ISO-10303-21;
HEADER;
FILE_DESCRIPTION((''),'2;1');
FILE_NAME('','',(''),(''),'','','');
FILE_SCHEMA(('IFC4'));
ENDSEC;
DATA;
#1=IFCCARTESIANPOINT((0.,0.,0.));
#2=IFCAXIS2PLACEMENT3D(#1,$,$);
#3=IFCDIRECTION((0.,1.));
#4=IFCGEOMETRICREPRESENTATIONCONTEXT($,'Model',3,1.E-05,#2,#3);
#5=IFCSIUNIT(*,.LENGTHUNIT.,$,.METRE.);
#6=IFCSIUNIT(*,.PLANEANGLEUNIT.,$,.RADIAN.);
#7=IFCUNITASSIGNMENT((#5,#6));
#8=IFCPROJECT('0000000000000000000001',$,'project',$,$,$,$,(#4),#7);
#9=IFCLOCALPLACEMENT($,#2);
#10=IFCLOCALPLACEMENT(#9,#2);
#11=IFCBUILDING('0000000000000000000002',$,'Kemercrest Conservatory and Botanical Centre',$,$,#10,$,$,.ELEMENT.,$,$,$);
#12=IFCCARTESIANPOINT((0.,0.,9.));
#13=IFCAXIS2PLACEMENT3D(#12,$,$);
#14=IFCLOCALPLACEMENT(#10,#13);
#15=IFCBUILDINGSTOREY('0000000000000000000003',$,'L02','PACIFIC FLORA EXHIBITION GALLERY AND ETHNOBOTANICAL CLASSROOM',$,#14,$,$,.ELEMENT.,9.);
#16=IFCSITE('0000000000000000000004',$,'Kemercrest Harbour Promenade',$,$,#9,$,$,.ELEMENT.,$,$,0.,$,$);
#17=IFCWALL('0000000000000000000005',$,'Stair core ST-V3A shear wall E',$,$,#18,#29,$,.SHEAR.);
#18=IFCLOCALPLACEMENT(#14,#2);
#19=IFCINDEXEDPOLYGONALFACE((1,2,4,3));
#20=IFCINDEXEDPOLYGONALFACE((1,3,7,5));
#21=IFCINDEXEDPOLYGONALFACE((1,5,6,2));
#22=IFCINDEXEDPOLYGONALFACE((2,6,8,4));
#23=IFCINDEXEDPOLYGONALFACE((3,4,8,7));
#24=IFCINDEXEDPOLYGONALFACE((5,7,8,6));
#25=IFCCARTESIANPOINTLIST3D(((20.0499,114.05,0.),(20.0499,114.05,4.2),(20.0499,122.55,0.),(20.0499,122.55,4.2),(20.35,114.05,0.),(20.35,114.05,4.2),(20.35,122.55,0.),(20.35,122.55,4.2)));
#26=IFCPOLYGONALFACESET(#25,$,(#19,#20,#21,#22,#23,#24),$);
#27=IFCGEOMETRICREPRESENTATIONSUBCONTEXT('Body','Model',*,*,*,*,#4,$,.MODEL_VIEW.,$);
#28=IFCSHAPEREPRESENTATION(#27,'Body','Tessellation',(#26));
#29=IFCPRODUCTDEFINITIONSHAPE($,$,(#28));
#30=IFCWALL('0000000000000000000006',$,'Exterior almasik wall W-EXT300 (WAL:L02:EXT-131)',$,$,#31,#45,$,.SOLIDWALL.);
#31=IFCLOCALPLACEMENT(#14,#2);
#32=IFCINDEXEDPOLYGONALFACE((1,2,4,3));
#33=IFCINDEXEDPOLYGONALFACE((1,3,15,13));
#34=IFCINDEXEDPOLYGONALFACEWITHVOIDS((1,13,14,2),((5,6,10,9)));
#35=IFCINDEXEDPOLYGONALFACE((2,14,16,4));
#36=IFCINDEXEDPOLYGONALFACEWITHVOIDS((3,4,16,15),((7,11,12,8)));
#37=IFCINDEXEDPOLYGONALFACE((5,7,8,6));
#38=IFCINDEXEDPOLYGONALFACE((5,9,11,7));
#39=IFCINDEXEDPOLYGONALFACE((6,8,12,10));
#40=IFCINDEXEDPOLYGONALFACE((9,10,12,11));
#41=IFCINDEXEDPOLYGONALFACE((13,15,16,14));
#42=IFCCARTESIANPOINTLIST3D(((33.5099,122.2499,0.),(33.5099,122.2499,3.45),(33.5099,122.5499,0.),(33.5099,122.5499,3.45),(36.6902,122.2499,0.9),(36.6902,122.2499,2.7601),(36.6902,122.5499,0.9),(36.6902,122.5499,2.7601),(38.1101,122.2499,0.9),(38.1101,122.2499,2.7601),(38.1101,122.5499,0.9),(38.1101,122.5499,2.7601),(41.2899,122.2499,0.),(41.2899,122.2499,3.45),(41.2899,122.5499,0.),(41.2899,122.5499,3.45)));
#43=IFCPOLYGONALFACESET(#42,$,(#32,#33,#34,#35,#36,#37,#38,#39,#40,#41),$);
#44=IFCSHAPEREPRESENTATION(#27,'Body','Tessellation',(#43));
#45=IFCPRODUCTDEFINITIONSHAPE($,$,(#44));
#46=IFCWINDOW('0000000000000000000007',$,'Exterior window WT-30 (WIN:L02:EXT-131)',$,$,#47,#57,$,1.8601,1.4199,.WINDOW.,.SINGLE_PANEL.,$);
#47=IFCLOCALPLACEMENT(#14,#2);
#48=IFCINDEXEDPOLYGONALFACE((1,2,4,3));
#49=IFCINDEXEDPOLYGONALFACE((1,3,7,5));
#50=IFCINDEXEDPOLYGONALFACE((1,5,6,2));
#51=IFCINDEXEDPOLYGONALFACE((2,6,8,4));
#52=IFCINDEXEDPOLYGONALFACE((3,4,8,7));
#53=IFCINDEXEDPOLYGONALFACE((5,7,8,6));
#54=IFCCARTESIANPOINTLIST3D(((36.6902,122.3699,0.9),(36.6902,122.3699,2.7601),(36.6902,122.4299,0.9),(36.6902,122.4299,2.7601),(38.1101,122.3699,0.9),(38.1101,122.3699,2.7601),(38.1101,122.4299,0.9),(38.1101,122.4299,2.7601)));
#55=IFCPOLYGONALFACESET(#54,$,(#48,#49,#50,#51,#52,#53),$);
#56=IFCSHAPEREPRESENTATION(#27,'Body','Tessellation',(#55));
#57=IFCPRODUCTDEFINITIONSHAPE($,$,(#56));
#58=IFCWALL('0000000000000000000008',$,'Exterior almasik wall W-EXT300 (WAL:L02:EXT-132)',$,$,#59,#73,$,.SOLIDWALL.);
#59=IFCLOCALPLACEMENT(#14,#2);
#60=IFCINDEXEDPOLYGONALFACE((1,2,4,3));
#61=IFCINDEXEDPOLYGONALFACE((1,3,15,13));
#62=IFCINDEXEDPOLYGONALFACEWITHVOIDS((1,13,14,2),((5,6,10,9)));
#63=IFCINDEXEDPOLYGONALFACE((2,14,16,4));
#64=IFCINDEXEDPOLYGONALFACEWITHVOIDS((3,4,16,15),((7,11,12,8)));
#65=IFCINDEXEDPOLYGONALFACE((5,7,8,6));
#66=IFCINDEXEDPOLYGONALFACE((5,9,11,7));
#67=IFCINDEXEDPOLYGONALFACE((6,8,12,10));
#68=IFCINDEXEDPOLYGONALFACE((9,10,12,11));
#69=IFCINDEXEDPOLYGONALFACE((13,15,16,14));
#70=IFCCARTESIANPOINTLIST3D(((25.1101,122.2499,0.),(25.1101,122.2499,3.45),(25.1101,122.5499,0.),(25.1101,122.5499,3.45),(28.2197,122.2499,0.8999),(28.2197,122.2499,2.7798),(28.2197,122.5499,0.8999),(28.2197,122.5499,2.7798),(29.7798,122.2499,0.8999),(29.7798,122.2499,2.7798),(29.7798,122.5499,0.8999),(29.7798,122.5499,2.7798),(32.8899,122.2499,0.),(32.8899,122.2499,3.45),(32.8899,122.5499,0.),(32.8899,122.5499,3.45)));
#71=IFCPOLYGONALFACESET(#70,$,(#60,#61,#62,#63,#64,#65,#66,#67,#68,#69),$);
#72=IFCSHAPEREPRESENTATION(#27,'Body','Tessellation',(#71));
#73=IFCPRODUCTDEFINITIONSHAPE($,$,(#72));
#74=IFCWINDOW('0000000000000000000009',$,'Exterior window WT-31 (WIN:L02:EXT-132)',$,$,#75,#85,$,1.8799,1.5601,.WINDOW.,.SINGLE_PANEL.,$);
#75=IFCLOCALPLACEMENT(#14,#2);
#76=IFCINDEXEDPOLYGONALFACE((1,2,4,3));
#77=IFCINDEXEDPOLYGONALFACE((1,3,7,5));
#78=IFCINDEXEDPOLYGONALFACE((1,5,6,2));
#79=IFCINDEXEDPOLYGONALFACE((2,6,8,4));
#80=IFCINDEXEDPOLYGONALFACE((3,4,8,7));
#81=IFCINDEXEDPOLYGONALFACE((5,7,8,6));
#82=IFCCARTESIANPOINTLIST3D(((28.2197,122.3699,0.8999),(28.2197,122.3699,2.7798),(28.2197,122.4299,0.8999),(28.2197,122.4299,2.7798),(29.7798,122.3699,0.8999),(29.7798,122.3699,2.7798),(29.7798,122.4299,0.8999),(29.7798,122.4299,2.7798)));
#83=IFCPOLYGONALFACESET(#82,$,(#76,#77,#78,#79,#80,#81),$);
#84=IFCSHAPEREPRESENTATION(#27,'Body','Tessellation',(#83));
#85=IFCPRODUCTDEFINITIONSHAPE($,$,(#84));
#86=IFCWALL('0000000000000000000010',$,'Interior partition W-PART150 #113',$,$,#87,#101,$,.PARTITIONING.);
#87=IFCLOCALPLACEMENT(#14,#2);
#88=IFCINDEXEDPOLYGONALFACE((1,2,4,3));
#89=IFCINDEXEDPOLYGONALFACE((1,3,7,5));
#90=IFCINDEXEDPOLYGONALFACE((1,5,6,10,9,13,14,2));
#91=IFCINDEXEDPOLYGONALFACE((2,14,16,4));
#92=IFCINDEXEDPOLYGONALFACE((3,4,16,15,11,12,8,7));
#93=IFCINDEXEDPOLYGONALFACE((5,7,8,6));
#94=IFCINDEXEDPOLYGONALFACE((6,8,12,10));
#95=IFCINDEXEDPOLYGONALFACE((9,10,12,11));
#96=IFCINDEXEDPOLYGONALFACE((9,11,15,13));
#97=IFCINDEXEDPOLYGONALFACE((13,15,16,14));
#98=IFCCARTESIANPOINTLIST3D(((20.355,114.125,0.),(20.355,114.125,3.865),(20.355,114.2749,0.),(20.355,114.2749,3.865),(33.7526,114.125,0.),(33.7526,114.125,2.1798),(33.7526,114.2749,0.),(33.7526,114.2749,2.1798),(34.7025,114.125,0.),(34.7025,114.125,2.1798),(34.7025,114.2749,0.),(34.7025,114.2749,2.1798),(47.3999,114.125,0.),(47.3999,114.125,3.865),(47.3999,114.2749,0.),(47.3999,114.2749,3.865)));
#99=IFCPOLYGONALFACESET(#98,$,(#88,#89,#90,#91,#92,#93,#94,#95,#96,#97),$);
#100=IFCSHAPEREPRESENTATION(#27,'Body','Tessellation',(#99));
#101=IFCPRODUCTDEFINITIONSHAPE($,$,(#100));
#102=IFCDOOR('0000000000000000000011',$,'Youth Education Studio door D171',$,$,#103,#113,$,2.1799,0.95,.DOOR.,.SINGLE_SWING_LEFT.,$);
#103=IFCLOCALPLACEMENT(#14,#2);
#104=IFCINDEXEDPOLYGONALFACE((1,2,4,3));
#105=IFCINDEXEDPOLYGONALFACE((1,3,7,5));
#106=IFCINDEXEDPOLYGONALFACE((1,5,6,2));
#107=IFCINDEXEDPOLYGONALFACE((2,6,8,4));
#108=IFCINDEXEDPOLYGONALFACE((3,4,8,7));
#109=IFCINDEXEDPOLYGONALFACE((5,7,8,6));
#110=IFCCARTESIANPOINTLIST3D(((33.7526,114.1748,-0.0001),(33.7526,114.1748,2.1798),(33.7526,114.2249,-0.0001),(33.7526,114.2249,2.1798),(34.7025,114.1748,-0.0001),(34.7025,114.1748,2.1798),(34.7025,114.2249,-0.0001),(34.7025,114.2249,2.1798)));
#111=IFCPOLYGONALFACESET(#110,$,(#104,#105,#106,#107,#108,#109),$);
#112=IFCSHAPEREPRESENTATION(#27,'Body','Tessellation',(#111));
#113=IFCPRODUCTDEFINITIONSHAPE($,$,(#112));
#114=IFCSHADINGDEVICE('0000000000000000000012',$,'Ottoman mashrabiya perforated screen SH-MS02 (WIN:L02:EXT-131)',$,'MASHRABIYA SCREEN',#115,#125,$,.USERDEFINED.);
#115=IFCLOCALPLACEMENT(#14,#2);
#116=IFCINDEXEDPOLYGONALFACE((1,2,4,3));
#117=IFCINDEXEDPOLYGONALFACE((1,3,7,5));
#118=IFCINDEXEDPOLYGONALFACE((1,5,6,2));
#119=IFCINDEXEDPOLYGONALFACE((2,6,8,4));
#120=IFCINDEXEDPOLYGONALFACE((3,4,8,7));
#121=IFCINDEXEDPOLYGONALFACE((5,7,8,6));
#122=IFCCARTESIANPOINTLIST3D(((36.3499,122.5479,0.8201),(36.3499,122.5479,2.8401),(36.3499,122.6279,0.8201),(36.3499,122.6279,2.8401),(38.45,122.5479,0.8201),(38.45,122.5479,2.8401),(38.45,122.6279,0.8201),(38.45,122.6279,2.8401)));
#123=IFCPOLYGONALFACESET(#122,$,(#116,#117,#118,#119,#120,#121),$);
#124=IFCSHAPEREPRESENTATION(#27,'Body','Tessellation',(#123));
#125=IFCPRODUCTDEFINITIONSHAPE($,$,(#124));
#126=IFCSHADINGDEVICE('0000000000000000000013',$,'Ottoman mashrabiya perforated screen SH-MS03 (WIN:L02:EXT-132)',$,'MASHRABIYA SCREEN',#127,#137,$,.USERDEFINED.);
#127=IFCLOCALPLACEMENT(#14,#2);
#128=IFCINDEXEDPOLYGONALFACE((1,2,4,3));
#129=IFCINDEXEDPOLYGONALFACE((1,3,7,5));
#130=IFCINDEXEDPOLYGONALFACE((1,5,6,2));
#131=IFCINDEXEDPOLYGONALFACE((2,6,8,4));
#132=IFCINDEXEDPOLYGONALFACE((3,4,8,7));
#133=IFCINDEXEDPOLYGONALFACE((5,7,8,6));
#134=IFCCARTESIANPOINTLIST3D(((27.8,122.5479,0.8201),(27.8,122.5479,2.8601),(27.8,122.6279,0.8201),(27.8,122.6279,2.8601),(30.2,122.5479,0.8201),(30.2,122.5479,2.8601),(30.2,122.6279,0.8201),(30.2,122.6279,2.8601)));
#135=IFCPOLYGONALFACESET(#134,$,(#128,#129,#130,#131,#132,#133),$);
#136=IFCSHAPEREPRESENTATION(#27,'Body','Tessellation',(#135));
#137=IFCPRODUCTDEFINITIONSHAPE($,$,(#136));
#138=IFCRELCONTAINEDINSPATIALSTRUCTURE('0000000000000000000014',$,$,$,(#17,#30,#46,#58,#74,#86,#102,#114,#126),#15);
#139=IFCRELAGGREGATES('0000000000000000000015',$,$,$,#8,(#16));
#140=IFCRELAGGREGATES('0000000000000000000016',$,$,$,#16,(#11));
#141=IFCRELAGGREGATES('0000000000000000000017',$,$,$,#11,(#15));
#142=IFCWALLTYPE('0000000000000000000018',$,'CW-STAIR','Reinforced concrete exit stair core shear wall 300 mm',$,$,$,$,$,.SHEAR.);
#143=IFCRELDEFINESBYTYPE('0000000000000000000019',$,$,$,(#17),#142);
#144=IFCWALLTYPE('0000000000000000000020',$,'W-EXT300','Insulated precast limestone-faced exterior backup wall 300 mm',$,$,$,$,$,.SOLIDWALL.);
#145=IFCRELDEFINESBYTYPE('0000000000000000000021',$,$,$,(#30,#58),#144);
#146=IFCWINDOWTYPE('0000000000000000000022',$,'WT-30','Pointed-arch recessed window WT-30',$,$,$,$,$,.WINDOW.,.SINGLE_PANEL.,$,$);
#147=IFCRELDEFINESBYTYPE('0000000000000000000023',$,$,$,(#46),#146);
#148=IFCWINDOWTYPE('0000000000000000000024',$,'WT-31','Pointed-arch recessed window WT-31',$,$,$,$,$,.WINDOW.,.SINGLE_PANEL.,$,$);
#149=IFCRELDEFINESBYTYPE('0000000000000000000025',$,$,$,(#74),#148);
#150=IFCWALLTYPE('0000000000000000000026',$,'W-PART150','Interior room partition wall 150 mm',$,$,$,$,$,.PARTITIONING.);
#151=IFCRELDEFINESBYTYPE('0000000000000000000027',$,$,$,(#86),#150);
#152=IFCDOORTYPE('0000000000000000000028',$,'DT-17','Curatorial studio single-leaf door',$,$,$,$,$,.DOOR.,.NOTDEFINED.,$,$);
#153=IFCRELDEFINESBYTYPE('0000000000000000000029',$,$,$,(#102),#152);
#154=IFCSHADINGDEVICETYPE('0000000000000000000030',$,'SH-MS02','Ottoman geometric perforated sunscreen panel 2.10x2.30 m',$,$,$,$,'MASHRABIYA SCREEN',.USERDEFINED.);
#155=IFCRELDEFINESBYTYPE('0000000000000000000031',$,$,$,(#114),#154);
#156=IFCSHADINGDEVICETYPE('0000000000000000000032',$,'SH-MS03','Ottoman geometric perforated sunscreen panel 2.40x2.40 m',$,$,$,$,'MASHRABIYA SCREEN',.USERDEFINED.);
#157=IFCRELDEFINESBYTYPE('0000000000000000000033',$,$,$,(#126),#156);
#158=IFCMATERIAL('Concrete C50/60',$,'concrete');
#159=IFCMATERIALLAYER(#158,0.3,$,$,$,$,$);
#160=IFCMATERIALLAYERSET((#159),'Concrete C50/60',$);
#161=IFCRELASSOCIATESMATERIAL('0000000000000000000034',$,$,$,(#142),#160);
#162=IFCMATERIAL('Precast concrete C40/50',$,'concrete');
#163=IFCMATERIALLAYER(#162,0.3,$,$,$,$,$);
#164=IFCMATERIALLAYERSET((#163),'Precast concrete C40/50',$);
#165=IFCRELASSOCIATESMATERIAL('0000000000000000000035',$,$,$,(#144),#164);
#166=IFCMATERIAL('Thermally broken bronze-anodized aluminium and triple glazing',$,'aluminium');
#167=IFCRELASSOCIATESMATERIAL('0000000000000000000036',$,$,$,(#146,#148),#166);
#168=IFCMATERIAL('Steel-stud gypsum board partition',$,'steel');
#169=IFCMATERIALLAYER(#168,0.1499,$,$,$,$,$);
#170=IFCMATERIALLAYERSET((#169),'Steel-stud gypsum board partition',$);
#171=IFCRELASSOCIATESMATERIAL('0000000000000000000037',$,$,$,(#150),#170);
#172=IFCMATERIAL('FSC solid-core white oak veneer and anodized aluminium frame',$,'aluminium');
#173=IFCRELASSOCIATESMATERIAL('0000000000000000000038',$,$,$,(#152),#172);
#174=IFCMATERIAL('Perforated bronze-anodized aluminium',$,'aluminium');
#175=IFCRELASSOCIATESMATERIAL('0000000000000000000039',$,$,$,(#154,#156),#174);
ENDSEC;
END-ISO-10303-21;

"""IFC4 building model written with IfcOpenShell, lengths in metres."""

from ifc_helpers import new_model, si_unit, direction, frame, frame_2d, origin, origin_2d, place, context, subcontext, project, spatial, rectangle, extrude, material, layer, layer_set, type_object, element, fill, save


model = new_model("IFC4")

# Units and contexts
model_context = context("Model", 3, precision=1e-05, world=origin(), true_north=direction((0.0, 1.0)))
body_context = subcontext(model_context, "Body", "Model", "MODEL_VIEW")
ifc_project = project(units=[si_unit("LENGTHUNIT", "METRE"), si_unit("PLANEANGLEUNIT", "RADIAN")], contexts=[model_context])

# Site, building, storey
site_placement = place(None, origin())
site = spatial("IfcSite", under=ifc_project, at=site_placement, Name="Kemercrest Harbour Promenade", CompositionType="ELEMENT", RefElevation=0.0)
building_placement = place(site_placement, origin())
building = spatial("IfcBuilding", under=site, at=building_placement, Name="Kemercrest Conservatory and Botanical Centre", CompositionType="ELEMENT")
storey_placement = place(building_placement, frame((0.0, 0.0, 9.0)))
storey = spatial("IfcBuildingStorey", under=building, at=storey_placement, Name="L02", Description="PACIFIC FLORA EXHIBITION GALLERY AND ETHNOBOTANICAL CLASSROOM", CompositionType="ELEMENT", Elevation=9.0)

# Shared definitions
ifc_material_1 = material(Name="Precast concrete C40/50", Category="concrete")

# Wall
ifc_material_2 = material(Name="Concrete C50/60", Category="concrete")
ifc_layer_1 = layer(ifc_material_2, 0.3)
ifc_layer_set_1 = layer_set([ifc_layer_1], Name="Concrete C50/60")
wall_type_1 = type_object("IfcWallType", Name="CW-STAIR", Description="Reinforced concrete exit stair core shear wall 300 mm", PredefinedType="SHEAR", material=ifc_layer_set_1)
wall_1_placement = place(storey_placement, frame((20.2, 114.05, 0.0), z_axis=(0.0, 0.0, 1.0), x_axis=(0.0, 1.0, 0.0)))
element("IfcWall", 1, at=wall_1_placement, inside=storey, type_object=wall_type_1, Name="Stair core ST-V3A shear wall E", PredefinedType="SHEAR", context=body_context, shape_type="SweptSolid", body=[
    extrude(rectangle(XDim=8.5, YDim=0.3, at=frame_2d((4.25, 0.0))), origin(), (0.0, 0.0, 1.0), 4.2),
])

# Walls, openings, windows
ifc_layer_2 = layer(ifc_material_1, 0.3)
ifc_layer_set_2 = layer_set([ifc_layer_2], Name="Precast concrete C40/50")
wall_type_2 = type_object("IfcWallType", Name="W-EXT300", Description="Insulated precast limestone-faced exterior backup wall 300 mm", PredefinedType="SOLIDWALL", material=ifc_layer_set_2)
wall_2_placement = place(storey_placement, frame((41.29, 122.3999, 0.0), z_axis=(0.0, 0.0, 1.0), x_axis=(-1.0, 0.0, 0.0)))
wall_2 = element("IfcWall", 2, at=wall_2_placement, inside=storey, type_object=wall_type_2, Name="Exterior almasik wall W-EXT300 (WAL:L02:EXT-131)", PredefinedType="SOLIDWALL", context=body_context, shape_type="SweptSolid", body=[
    extrude(rectangle(XDim=7.78, YDim=0.3, at=frame_2d((3.8901, 0.0))), origin(), (0.0, 0.0, 1.0), 3.45),
])
opening_1_placement = place(wall_2_placement, frame((3.1799, 0.0, 0.8999)))
opening_1 = element("IfcOpeningElement", 3, at=opening_1_placement, cuts=wall_2, PredefinedType="OPENING", context=body_context, shape_type="SweptSolid", body=[
    extrude(rectangle(XDim=1.4199, YDim=1.8601, at=frame_2d((0.71, 0.9302))), frame((0.0, 0.1602, 0.0), z_axis=(0.0, -1.0, 0.0), x_axis=(1.0, 0.0, 0.0)), (0.0, 0.0, 1.0), 0.3201),
])
ifc_material_3 = material(Name="Thermally broken bronze-anodized aluminium and triple glazing", Category="aluminium")
window_type_1 = type_object("IfcWindowType", Name="WT-30", Description="Pointed-arch recessed window WT-30", PartitioningType="SINGLE_PANEL", PredefinedType="WINDOW", material=ifc_material_3)
window_1_placement = place(opening_1_placement, origin())
window_1 = element("IfcWindow", 4, at=window_1_placement, inside=storey, type_object=window_type_1, Name="Exterior window WT-30 (WIN:L02:EXT-131)", OverallHeight=1.8601, OverallWidth=1.4199, PartitioningType="SINGLE_PANEL", PredefinedType="WINDOW", context=body_context, shape_type="SweptSolid", body=[
    extrude(rectangle(XDim=1.4199, YDim=1.8601, at=frame_2d((0.71, 0.9302))), frame((0.0, 0.03, 0.0), z_axis=(0.0, -1.0, 0.0), x_axis=(1.0, 0.0, 0.0)), (0.0, 0.0, 1.0), 0.0601),
])
fill(opening_1, window_1)
wall_3_placement = place(storey_placement, frame((32.8899, 122.3999, 0.0), z_axis=(0.0, 0.0, 1.0), x_axis=(-1.0, 0.0, 0.0)))
wall_3 = element("IfcWall", 5, at=wall_3_placement, inside=storey, type_object=wall_type_2, Name="Exterior almasik wall W-EXT300 (WAL:L02:EXT-132)", PredefinedType="SOLIDWALL", context=body_context, shape_type="SweptSolid", body=[
    extrude(rectangle(XDim=7.7798, YDim=0.3, at=frame_2d((3.8899, 0.0))), origin(), (0.0, 0.0, 1.0), 3.45),
])
opening_2_placement = place(wall_3_placement, frame((3.1101, 0.0, 0.8999)))
opening_2 = element("IfcOpeningElement", 6, at=opening_2_placement, cuts=wall_3, PredefinedType="OPENING", context=body_context, shape_type="SweptSolid", body=[
    extrude(rectangle(XDim=1.5601, YDim=1.8799, at=frame_2d((0.78, 0.9399))), frame((0.0, 0.1602, 0.0), z_axis=(0.0, -1.0, 0.0), x_axis=(1.0, 0.0, 0.0)), (0.0, 0.0, 1.0), 0.3201),
])
window_type_2 = type_object("IfcWindowType", Name="WT-31", Description="Pointed-arch recessed window WT-31", PartitioningType="SINGLE_PANEL", PredefinedType="WINDOW", material=ifc_material_3)
window_2_placement = place(opening_2_placement, origin())
window_2 = element("IfcWindow", 7, at=window_2_placement, inside=storey, type_object=window_type_2, Name="Exterior window WT-31 (WIN:L02:EXT-132)", OverallHeight=1.8799, OverallWidth=1.5601, PartitioningType="SINGLE_PANEL", PredefinedType="WINDOW", context=body_context, shape_type="SweptSolid", body=[
    extrude(rectangle(XDim=1.5601, YDim=1.8799, at=frame_2d((0.78, 0.9399))), frame((0.0, 0.03, 0.0), z_axis=(0.0, -1.0, 0.0), x_axis=(1.0, 0.0, 0.0)), (0.0, 0.0, 1.0), 0.0601),
])
fill(opening_2, window_2)

# Wall, opening, door
ifc_material_4 = material(Name="Steel-stud gypsum board partition", Category="steel")
ifc_layer_3 = layer(ifc_material_4, 0.1499)
ifc_layer_set_3 = layer_set([ifc_layer_3], Name="Steel-stud gypsum board partition")
wall_type_3 = type_object("IfcWallType", Name="W-PART150", Description="Interior room partition wall 150 mm", PredefinedType="PARTITIONING", material=ifc_layer_set_3)
wall_4_placement = place(storey_placement, frame((20.355, 114.2, 0.0), z_axis=(0.0, 0.0, 1.0), x_axis=(1.0, 0.0, 0.0)))
wall_4 = element("IfcWall", 8, at=wall_4_placement, inside=storey, type_object=wall_type_3, Name="Interior partition W-PART150 #113", PredefinedType="PARTITIONING", context=body_context, shape_type="SweptSolid", body=[
    extrude(rectangle(XDim=27.0449, YDim=0.1499, at=frame_2d((13.5225, 0.0))), origin(), (0.0, 0.0, 1.0), 3.865),
])
opening_3_placement = place(wall_4_placement, frame((13.3975, 0.0, 0.0)))
opening_3 = element("IfcOpeningElement", 9, at=opening_3_placement, cuts=wall_4, PredefinedType="OPENING", context=body_context, shape_type="SweptSolid", body=[
    extrude(rectangle(XDim=0.95, YDim=2.1799, at=frame_2d((0.4751, 1.0898))), frame((0.0, 0.085, 0.0), z_axis=(0.0, -1.0, 0.0), x_axis=(1.0, 0.0, 0.0)), (0.0, 0.0, 1.0), 0.1699),
])
ifc_material_5 = material(Name="FSC solid-core white oak veneer and anodized aluminium frame", Category="aluminium")
door_type = type_object("IfcDoorType", Name="DT-17", Description="Curatorial studio single-leaf door", OperationType="NOTDEFINED", PredefinedType="DOOR", material=ifc_material_5)
door_placement = place(opening_3_placement, origin())
door = element("IfcDoor", 10, at=door_placement, inside=storey, type_object=door_type, Name="Youth Education Studio door D171", OperationType="SINGLE_SWING_LEFT", OverallHeight=2.1799, OverallWidth=0.95, PredefinedType="DOOR", context=body_context, shape_type="SweptSolid", body=[
    extrude(rectangle(XDim=0.95, YDim=2.1799, at=frame_2d((0.4751, 1.0898))), frame((0.0, 0.0249, 0.0), z_axis=(0.0, -1.0, 0.0), x_axis=(1.0, 0.0, 0.0)), (0.0, 0.0, 1.0), 0.05),
])
fill(opening_3, door)

# Shading devices
ifc_material_6 = material(Name="Perforated bronze-anodized aluminium", Category="aluminium")
shading_device_type_1 = type_object("IfcShadingDeviceType", Name="SH-MS02", Description="Ottoman geometric perforated sunscreen panel 2.10x2.30 m", ElementType="MASHRABIYA SCREEN", PredefinedType="USERDEFINED", material=ifc_material_6)
shading_device_1_placement = place(storey_placement, frame((37.3999, 122.5879, 0.8201), z_axis=(0.0, 0.0, 1.0), x_axis=(-1.0, 0.0, 0.0)))
element("IfcShadingDevice", 11, at=shading_device_1_placement, inside=storey, type_object=shading_device_type_1, Name="Ottoman mashrabiya perforated screen SH-MS02 (WIN:L02:EXT-131)", ObjectType="MASHRABIYA SCREEN", PredefinedType="USERDEFINED", context=body_context, shape_type="SweptSolid", body=[
    extrude(rectangle(XDim=2.1001, YDim=0.0801, at=origin_2d()), origin(), (0.0, 0.0, 1.0), 2.02),
])
shading_device_type_2 = type_object("IfcShadingDeviceType", Name="SH-MS03", Description="Ottoman geometric perforated sunscreen panel 2.40x2.40 m", ElementType="MASHRABIYA SCREEN", PredefinedType="USERDEFINED", material=ifc_material_6)
shading_device_2_placement = place(storey_placement, frame((29.0, 122.5879, 0.8201), z_axis=(0.0, 0.0, 1.0), x_axis=(-1.0, 0.0, 0.0)))
element("IfcShadingDevice", 12, at=shading_device_2_placement, inside=storey, type_object=shading_device_type_2, Name="Ottoman mashrabiya perforated screen SH-MS03 (WIN:L02:EXT-132)", ObjectType="MASHRABIYA SCREEN", PredefinedType="USERDEFINED", context=body_context, shape_type="SweptSolid", body=[
    extrude(rectangle(XDim=2.3999, YDim=0.0801, at=origin_2d()), origin(), (0.0, 0.0, 1.0), 2.04),
])

save(model, "model.ifc")
